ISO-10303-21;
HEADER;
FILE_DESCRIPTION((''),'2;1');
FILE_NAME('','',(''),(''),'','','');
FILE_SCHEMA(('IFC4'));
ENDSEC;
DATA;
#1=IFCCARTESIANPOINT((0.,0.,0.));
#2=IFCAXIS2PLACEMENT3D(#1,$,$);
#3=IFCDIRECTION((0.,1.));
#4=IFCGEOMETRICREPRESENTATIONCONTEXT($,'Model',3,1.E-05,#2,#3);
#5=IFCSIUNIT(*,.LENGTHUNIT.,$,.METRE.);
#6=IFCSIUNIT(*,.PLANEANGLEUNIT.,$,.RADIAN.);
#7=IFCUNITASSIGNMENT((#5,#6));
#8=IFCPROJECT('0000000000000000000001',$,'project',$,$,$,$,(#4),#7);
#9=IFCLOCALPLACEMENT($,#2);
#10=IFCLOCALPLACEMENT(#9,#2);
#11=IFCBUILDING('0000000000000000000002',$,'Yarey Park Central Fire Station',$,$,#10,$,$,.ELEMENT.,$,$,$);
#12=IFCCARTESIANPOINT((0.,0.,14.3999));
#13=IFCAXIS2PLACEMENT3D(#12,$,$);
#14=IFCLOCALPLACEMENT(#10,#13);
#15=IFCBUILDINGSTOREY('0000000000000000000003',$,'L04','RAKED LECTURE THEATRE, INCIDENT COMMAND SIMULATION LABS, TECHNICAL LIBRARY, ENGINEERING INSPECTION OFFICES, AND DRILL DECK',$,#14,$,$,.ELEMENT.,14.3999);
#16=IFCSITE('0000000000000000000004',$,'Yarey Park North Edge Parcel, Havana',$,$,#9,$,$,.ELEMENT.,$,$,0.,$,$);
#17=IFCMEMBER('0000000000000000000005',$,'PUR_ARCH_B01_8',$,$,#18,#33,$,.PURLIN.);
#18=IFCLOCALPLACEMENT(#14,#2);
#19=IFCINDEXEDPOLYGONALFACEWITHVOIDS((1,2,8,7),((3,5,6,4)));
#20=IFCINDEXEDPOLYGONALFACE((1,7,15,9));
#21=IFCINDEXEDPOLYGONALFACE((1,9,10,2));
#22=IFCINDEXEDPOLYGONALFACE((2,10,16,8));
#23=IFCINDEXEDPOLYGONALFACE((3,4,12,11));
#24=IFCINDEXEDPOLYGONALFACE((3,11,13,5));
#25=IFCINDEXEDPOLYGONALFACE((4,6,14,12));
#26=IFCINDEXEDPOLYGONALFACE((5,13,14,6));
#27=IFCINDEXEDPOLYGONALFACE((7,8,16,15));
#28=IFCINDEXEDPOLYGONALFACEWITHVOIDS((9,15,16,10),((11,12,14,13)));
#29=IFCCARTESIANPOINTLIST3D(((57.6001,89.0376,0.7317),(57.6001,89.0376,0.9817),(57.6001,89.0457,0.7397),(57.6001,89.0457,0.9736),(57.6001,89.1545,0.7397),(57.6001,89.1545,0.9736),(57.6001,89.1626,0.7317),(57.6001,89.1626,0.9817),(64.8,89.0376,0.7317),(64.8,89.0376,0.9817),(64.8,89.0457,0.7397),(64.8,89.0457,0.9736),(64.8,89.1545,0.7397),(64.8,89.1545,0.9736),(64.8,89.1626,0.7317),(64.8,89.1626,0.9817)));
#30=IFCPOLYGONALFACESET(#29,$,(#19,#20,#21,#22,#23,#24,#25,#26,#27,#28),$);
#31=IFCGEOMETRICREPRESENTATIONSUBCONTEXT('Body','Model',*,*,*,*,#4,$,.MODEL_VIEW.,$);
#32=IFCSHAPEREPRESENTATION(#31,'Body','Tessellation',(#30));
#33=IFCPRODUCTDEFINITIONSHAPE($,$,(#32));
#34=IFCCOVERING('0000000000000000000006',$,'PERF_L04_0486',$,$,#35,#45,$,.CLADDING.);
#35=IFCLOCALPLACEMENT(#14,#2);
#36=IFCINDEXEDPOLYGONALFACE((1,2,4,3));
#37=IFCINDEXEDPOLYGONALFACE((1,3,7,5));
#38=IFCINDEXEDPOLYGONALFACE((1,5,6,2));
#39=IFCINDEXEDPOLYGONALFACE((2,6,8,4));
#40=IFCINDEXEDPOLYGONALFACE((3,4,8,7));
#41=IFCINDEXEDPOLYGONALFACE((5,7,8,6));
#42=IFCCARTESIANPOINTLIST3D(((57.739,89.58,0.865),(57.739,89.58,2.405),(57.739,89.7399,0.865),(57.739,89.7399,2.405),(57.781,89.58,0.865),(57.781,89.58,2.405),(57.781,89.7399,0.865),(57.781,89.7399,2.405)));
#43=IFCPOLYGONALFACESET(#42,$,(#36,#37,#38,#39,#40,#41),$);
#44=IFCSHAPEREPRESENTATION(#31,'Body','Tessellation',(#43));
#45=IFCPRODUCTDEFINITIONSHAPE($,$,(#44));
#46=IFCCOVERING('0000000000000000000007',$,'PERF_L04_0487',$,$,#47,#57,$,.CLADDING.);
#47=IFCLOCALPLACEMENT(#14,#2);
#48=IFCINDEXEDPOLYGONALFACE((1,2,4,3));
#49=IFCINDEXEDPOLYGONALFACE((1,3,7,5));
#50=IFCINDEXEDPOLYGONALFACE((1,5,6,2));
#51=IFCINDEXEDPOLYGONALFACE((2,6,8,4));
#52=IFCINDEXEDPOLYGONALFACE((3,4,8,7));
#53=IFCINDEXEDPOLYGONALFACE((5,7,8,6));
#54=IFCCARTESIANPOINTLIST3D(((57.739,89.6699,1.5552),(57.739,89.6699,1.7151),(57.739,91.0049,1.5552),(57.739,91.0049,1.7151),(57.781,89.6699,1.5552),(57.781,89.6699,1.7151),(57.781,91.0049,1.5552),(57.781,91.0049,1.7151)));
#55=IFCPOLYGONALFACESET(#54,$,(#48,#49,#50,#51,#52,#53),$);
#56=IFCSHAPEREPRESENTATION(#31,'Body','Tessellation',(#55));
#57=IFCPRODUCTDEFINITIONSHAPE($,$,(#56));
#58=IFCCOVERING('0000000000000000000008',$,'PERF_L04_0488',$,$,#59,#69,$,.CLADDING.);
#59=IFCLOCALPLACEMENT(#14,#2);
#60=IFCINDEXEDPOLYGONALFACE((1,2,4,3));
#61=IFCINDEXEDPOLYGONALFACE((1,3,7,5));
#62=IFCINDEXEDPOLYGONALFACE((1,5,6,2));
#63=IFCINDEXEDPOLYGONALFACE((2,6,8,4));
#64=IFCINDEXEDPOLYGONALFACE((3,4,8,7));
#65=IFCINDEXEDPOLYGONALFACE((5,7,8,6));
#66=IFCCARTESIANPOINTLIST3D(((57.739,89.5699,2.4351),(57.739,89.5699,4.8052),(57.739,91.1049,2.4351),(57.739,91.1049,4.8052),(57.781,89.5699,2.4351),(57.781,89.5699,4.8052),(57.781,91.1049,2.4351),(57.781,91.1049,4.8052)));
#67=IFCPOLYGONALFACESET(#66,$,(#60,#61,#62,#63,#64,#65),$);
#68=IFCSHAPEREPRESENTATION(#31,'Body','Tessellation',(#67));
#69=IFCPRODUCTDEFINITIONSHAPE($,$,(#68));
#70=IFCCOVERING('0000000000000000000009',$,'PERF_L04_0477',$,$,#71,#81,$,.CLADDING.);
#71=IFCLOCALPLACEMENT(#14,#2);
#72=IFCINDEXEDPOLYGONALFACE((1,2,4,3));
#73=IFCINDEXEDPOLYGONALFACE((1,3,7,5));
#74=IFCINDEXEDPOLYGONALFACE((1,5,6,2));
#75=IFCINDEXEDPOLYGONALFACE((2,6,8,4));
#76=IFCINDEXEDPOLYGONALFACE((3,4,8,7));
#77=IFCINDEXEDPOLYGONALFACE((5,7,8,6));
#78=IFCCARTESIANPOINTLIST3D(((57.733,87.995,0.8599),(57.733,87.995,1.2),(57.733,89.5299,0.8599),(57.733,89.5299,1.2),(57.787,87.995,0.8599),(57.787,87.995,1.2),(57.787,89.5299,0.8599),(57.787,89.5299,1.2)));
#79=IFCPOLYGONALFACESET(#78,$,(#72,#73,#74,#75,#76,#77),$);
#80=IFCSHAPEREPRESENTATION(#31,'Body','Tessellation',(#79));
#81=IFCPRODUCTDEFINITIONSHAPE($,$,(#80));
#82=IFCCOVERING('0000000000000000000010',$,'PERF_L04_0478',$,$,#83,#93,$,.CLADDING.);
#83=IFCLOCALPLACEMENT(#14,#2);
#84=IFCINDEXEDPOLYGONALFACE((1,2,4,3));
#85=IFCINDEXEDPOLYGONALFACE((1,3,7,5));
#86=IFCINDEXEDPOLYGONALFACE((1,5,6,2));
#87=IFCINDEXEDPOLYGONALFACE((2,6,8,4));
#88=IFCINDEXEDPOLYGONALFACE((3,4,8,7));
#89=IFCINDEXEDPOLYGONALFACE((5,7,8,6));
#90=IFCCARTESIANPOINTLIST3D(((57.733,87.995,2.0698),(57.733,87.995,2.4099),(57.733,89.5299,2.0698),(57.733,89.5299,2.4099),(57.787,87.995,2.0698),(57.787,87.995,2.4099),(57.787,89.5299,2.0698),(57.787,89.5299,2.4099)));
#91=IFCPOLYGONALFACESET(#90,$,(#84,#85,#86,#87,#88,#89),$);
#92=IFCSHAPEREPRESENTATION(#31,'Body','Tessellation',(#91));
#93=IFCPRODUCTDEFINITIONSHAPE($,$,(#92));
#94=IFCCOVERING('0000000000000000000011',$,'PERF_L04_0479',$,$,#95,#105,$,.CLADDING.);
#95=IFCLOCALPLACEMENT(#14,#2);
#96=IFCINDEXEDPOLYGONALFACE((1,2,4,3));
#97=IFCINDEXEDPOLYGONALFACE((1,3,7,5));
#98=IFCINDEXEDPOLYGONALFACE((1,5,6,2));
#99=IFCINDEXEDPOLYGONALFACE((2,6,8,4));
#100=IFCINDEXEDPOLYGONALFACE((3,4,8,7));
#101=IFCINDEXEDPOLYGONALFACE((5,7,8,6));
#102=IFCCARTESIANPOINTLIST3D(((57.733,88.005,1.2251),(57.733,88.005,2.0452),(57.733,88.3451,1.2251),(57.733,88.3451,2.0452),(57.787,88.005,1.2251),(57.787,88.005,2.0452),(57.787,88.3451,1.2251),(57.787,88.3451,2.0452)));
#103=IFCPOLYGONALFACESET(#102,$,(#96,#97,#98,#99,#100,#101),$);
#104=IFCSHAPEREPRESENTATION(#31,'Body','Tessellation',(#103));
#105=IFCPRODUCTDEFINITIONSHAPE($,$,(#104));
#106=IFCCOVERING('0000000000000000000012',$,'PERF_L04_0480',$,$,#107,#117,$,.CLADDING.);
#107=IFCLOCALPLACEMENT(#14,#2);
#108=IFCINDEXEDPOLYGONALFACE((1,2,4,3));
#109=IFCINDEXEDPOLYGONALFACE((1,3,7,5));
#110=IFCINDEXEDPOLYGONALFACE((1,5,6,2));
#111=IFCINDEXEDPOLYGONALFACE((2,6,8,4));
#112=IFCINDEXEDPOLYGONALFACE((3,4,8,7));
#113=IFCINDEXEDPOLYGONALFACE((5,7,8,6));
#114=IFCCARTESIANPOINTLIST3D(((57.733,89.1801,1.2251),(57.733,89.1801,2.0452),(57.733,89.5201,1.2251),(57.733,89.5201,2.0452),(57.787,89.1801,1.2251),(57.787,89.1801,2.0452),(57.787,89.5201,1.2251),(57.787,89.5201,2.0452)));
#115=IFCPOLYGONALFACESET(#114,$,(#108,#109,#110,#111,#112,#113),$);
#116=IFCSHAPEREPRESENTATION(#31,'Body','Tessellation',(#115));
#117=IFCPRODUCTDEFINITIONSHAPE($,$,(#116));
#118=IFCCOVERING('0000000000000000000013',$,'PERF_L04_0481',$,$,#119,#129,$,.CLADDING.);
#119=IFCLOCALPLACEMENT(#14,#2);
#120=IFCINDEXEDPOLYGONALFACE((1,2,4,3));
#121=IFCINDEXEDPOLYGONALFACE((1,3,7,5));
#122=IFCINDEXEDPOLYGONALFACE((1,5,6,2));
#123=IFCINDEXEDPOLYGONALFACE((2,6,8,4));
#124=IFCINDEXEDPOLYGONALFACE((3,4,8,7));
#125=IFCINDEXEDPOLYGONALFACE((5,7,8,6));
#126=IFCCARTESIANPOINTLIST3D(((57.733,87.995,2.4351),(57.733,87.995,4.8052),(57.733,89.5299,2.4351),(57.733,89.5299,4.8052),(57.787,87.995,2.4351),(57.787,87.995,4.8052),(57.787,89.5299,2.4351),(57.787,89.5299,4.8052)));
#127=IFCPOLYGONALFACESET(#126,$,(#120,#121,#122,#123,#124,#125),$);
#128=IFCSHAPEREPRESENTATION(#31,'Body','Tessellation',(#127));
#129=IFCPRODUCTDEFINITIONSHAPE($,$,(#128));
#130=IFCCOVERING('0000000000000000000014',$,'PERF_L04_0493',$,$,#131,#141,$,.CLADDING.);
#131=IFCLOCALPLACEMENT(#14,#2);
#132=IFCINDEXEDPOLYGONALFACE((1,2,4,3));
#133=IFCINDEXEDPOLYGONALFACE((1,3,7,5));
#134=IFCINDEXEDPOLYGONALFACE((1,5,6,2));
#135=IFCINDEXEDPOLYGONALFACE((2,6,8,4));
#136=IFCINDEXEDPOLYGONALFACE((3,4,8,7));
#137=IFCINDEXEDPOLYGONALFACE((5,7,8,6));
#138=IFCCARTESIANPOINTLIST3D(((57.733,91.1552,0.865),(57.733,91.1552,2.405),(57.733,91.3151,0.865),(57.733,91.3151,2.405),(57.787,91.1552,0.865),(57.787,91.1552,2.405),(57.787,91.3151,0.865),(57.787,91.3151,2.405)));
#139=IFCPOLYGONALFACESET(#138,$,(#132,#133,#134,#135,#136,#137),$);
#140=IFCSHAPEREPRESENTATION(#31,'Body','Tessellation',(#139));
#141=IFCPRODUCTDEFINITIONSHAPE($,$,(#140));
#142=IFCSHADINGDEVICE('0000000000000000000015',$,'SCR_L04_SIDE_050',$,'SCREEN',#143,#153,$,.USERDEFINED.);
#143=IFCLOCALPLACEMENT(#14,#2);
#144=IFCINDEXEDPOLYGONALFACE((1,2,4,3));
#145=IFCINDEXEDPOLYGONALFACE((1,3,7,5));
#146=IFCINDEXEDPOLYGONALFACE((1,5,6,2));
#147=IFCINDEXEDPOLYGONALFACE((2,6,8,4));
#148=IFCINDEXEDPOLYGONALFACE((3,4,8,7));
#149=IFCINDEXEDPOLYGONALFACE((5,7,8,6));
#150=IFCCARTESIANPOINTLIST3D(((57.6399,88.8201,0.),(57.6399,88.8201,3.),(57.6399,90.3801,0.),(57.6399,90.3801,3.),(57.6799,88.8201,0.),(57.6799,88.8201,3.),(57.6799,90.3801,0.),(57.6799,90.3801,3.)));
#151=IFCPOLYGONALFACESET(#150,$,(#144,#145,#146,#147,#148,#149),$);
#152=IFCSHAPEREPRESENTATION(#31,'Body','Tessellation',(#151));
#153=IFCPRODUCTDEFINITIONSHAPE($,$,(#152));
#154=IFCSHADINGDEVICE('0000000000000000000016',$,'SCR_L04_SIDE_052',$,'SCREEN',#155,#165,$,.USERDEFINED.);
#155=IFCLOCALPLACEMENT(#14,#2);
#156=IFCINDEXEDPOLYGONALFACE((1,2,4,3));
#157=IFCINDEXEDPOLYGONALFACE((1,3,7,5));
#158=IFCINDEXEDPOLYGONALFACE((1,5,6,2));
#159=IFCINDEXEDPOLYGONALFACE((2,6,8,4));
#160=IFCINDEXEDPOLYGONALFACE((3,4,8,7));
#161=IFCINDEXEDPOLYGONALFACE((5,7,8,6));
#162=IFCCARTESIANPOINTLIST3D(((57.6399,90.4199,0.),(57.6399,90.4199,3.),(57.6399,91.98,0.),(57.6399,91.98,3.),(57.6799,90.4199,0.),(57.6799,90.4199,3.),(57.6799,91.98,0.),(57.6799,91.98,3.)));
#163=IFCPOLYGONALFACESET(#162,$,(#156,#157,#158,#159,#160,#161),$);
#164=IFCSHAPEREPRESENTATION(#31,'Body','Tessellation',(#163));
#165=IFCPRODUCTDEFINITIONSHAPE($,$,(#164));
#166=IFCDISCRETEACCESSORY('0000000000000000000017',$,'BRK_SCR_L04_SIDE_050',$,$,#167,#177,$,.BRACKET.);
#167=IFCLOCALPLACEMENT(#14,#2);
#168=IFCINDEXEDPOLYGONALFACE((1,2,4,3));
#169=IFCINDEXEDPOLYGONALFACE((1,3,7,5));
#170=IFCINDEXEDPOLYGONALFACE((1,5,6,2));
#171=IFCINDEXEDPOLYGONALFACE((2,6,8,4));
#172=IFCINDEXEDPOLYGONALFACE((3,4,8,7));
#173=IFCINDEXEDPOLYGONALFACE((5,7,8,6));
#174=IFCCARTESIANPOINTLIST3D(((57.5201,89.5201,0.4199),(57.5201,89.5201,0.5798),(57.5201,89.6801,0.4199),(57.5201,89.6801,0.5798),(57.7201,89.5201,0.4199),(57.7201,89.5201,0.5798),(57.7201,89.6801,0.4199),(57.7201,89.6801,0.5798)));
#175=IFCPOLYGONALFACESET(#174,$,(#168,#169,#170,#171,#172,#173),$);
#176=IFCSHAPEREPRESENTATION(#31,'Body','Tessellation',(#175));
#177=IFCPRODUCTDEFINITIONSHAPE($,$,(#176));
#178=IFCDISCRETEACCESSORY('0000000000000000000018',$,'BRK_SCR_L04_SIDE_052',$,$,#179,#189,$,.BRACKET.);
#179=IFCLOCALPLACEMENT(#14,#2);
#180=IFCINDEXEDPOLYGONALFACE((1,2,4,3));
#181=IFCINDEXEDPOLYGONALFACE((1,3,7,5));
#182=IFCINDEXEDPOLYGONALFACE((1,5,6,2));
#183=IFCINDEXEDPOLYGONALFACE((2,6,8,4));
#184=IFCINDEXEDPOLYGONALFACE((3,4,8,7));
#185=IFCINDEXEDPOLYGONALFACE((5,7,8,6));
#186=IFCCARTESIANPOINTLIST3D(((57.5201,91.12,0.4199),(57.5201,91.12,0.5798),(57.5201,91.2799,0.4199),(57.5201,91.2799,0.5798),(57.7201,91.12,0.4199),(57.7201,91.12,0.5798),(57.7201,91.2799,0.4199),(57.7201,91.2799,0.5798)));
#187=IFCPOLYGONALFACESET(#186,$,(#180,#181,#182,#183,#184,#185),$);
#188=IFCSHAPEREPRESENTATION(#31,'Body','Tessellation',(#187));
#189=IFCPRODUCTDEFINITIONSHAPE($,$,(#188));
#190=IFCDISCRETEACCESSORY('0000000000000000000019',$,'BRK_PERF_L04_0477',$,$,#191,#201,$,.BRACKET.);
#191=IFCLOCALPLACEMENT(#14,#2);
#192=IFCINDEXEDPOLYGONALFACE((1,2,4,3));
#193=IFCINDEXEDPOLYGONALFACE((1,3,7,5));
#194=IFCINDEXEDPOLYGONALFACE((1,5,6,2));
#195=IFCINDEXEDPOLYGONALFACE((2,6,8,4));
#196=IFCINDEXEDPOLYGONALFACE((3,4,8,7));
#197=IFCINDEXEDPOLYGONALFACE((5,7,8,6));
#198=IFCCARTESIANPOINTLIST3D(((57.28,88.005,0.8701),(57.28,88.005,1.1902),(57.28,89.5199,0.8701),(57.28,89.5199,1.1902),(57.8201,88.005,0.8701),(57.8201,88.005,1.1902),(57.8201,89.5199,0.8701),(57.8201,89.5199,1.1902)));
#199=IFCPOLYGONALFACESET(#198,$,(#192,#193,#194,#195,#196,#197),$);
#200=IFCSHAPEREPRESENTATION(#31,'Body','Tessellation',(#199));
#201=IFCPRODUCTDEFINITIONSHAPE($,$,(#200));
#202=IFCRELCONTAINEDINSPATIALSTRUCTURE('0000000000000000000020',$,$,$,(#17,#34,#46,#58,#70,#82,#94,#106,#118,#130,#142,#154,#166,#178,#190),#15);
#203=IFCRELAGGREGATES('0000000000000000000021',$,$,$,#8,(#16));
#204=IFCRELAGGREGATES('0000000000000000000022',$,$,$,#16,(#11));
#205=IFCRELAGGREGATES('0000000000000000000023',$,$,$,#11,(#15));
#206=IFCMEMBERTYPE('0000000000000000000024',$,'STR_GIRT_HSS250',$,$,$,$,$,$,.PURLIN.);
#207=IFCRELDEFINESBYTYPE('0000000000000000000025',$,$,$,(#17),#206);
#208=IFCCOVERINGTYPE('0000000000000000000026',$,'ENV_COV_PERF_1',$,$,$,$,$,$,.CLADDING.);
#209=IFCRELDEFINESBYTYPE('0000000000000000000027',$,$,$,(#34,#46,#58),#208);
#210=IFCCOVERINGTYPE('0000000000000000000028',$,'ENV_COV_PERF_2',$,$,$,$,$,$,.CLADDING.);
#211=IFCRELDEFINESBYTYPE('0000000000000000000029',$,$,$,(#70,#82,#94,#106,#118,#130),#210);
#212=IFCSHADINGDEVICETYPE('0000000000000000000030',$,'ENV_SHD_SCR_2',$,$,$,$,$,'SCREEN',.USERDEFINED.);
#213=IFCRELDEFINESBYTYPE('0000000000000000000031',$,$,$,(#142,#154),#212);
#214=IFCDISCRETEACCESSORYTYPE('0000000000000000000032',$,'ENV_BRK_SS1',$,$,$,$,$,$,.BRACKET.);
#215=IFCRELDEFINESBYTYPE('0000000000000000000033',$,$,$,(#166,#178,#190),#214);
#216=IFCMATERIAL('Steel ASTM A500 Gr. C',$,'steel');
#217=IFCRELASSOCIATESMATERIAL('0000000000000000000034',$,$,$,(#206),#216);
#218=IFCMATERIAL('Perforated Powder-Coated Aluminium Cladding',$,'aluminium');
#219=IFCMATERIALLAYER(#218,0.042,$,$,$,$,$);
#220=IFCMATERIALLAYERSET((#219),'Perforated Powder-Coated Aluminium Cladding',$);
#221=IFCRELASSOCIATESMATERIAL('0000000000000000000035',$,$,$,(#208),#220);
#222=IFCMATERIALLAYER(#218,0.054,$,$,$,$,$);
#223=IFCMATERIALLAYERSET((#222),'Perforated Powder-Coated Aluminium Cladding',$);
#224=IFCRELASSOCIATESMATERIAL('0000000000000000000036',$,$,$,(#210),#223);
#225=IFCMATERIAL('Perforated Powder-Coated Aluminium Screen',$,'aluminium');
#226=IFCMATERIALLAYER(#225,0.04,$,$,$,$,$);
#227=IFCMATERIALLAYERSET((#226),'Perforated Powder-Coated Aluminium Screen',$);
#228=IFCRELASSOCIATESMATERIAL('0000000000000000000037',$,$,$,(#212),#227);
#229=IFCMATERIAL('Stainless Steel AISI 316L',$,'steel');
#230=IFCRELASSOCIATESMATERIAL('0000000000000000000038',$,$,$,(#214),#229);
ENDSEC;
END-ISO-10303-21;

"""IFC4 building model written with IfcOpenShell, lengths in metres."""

from ifc_helpers import new_model, si_unit, direction, frame, origin, origin_2d, place, context, subcontext, project, spatial, rectangle, hollow_rectangle, extrude, material, layer, layer_set, material_profile, profile_set, type_object, element, save


model = new_model("IFC4")

# Units and contexts
model_context = context("Model", 3, precision=1e-05, world=origin(), true_north=direction((0.0, 1.0)))
body_context = subcontext(model_context, "Body", "Model", "MODEL_VIEW")
ifc_project = project(units=[si_unit("LENGTHUNIT", "METRE"), si_unit("PLANEANGLEUNIT", "RADIAN")], contexts=[model_context])

# Site, building, storey
site_placement = place(None, origin())
site = spatial("IfcSite", under=ifc_project, at=site_placement, Name="Yarey Park North Edge Parcel, Havana", CompositionType="ELEMENT", RefElevation=0.0)
building_placement = place(site_placement, origin())
building = spatial("IfcBuilding", under=site, at=building_placement, Name="Yarey Park Central Fire Station", CompositionType="ELEMENT")
storey_placement = place(building_placement, frame((0.0, 0.0, 14.3999)))
storey = spatial("IfcBuildingStorey", under=building, at=storey_placement, Name="L04", Description="RAKED LECTURE THEATRE, INCIDENT COMMAND SIMULATION LABS, TECHNICAL LIBRARY, ENGINEERING INSPECTION OFFICES, AND DRILL DECK", CompositionType="ELEMENT", Elevation=14.3999)

# Member
ifc_material_1 = material(Name="Steel ASTM A500 Gr. C", Category="steel")
ifc_material_profile = material_profile(ifc_material_1, hollow_rectangle(XDim=0.125, YDim=0.25, WallThickness=0.0081, at=origin_2d()), Name="HSS 250x125x8")
ifc_profile_set = profile_set([ifc_material_profile], Name="Steel ASTM A500 Gr. C")
member_type = type_object("IfcMemberType", Name="STR_GIRT_HSS250", PredefinedType="PURLIN", material=ifc_profile_set)
member_placement = place(storey_placement, frame((57.6001, 89.1001, 0.8567), z_axis=(1.0, 0.0, 0.0), x_axis=(0.0, 1.0, 0.0)))
element("IfcMember", 1, at=member_placement, inside=storey, type_object=member_type, Name="PUR_ARCH_B01_8", PredefinedType="PURLIN", context=body_context, shape_type="SweptSolid", body=[
    extrude(hollow_rectangle(XDim=0.125, YDim=0.25, WallThickness=0.0081, at=origin_2d()), origin(), (0.0, 0.0, 1.0), 7.2),
])

# Coverings
ifc_material_2 = material(Name="Perforated Powder-Coated Aluminium Cladding", Category="aluminium")
ifc_layer_1 = layer(ifc_material_2, 0.042)
ifc_layer_set_1 = layer_set([ifc_layer_1], Name="Perforated Powder-Coated Aluminium Cladding")
covering_type_1 = type_object("IfcCoveringType", Name="ENV_COV_PERF_1", PredefinedType="CLADDING", material=ifc_layer_set_1)
covering_1_placement = place(storey_placement, frame((57.76, 89.6599, 0.865), z_axis=(0.0, 0.0, 1.0), x_axis=(0.0, 1.0, 0.0)))
element("IfcCovering", 2, at=covering_1_placement, inside=storey, type_object=covering_type_1, Name="PERF_L04_0486", PredefinedType="CLADDING", context=body_context, shape_type="SweptSolid", body=[
    extrude(rectangle(XDim=0.1599, YDim=0.042, at=origin_2d()), origin(), (0.0, 0.0, 1.0), 1.54),
])
covering_2_placement = place(storey_placement, frame((57.76, 90.3374, 1.5552), z_axis=(0.0, 0.0, 1.0), x_axis=(0.0, 1.0, 0.0)))
element("IfcCovering", 3, at=covering_2_placement, inside=storey, type_object=covering_type_1, Name="PERF_L04_0487", PredefinedType="CLADDING", context=body_context, shape_type="SweptSolid", body=[
    extrude(rectangle(XDim=1.335, YDim=0.042, at=origin_2d()), origin(), (0.0, 0.0, 1.0), 0.1599),
])
covering_3_placement = place(storey_placement, frame((57.76, 90.3374, 2.4351), z_axis=(0.0, 0.0, 1.0), x_axis=(0.0, 1.0, 0.0)))
element("IfcCovering", 4, at=covering_3_placement, inside=storey, type_object=covering_type_1, Name="PERF_L04_0488", PredefinedType="CLADDING", context=body_context, shape_type="SweptSolid", body=[
    extrude(rectangle(XDim=1.5349, YDim=0.042, at=origin_2d()), origin(), (0.0, 0.0, 1.0), 2.3701),
])
ifc_layer_2 = layer(ifc_material_2, 0.054)
ifc_layer_set_2 = layer_set([ifc_layer_2], Name="Perforated Powder-Coated Aluminium Cladding")
covering_type_2 = type_object("IfcCoveringType", Name="ENV_COV_PERF_2", PredefinedType="CLADDING", material=ifc_layer_set_2)
for number, where, z_axis, x_axis, name in (
    (5, (57.76, 88.7625, 0.8599), (0.0, 0.0, 1.0), (0.0, 1.0, 0.0), "PERF_L04_0477"),
    (6, (57.76, 88.7625, 2.0698), (0.0, 0.0, 1.0), (0.0, 1.0, 0.0), "PERF_L04_0478"),
):
    element("IfcCovering", number, at=place(storey_placement, frame(where, z_axis=z_axis, x_axis=x_axis)), inside=storey, type_object=covering_type_2, Name=name, PredefinedType="CLADDING", context=body_context, shape_type="SweptSolid", body=[
        extrude(rectangle(XDim=1.5349, YDim=0.054, at=origin_2d()), origin(), (0.0, 0.0, 1.0), 0.3401),
    ])
for number, where, z_axis, x_axis, name in (
    (7, (57.76, 88.175, 1.2251), (0.0, 0.0, 1.0), (0.0, 1.0, 0.0), "PERF_L04_0479"),
    (8, (57.76, 89.3501, 1.2251), (0.0, 0.0, 1.0), (0.0, 1.0, 0.0), "PERF_L04_0480"),
):
    element("IfcCovering", number, at=place(storey_placement, frame(where, z_axis=z_axis, x_axis=x_axis)), inside=storey, type_object=covering_type_2, Name=name, PredefinedType="CLADDING", context=body_context, shape_type="SweptSolid", body=[
        extrude(rectangle(XDim=0.3401, YDim=0.054, at=origin_2d()), origin(), (0.0, 0.0, 1.0), 0.8201),
    ])
covering_4_placement = place(storey_placement, frame((57.76, 88.7625, 2.4351), z_axis=(0.0, 0.0, 1.0), x_axis=(0.0, 1.0, 0.0)))
element("IfcCovering", 9, at=covering_4_placement, inside=storey, type_object=covering_type_2, Name="PERF_L04_0481", PredefinedType="CLADDING", context=body_context, shape_type="SweptSolid", body=[
    extrude(rectangle(XDim=1.5349, YDim=0.054, at=origin_2d()), origin(), (0.0, 0.0, 1.0), 2.3701),
])
covering_5_placement = place(storey_placement, frame((57.76, 91.2351, 0.865), z_axis=(0.0, 0.0, 1.0), x_axis=(0.0, 1.0, 0.0)))
element("IfcCovering", 10, at=covering_5_placement, inside=storey, type_object=covering_type_2, Name="PERF_L04_0493", PredefinedType="CLADDING", context=body_context, shape_type="SweptSolid", body=[
    extrude(rectangle(XDim=0.1599, YDim=0.054, at=origin_2d()), origin(), (0.0, 0.0, 1.0), 1.54),
])

# Shading devices
ifc_material_3 = material(Name="Perforated Powder-Coated Aluminium Screen", Category="aluminium")
ifc_layer_3 = layer(ifc_material_3, 0.04)
ifc_layer_set_3 = layer_set([ifc_layer_3], Name="Perforated Powder-Coated Aluminium Screen")
shading_device_type = type_object("IfcShadingDeviceType", Name="ENV_SHD_SCR_2", ElementType="SCREEN", PredefinedType="USERDEFINED", material=ifc_layer_set_3)
for number, where, z_axis, x_axis, name in (
    (11, (57.6599, 89.6001, 0.0), (0.0, 0.0, 1.0), (0.0, 1.0, 0.0), "SCR_L04_SIDE_050"),
    (12, (57.6599, 91.2, 0.0), (0.0, 0.0, 1.0), (0.0, 1.0, 0.0), "SCR_L04_SIDE_052"),
):
    element("IfcShadingDevice", number, at=place(storey_placement, frame(where, z_axis=z_axis, x_axis=x_axis)), inside=storey, type_object=shading_device_type, Name=name, ObjectType="SCREEN", PredefinedType="USERDEFINED", context=body_context, shape_type="SweptSolid", body=[
        extrude(rectangle(XDim=1.5601, YDim=0.04, at=origin_2d()), origin(), (0.0, 0.0, 1.0), 3.0),
    ])

# Discrete accessories
ifc_material_4 = material(Name="Stainless Steel AISI 316L", Category="steel")
discrete_accessory_type = type_object("IfcDiscreteAccessoryType", Name="ENV_BRK_SS1", PredefinedType="BRACKET", material=ifc_material_4)
for number, where, z_axis, x_axis, name in (
    (13, (57.6201, 89.6001, 0.4199), (0.0, 0.0, 1.0), (1.0, 0.0, 0.0), "BRK_SCR_L04_SIDE_050"),
    (14, (57.6201, 91.2, 0.4199), (0.0, 0.0, 1.0), (1.0, 0.0, 0.0), "BRK_SCR_L04_SIDE_052"),
):
    element("IfcDiscreteAccessory", number, at=place(storey_placement, frame(where, z_axis=z_axis, x_axis=x_axis)), inside=storey, type_object=discrete_accessory_type, Name=name, PredefinedType="BRACKET", context=body_context, shape_type="SweptSolid", body=[
        extrude(rectangle(XDim=0.2, YDim=0.1599, at=origin_2d()), origin(), (0.0, 0.0, 1.0), 0.1599),
    ])
for number, where, z_axis, x_axis, name in (
    (15, (57.55, 88.7625, 0.8701), (0.0, 0.0, 1.0), (1.0, 0.0, 0.0), "BRK_PERF_L04_0477"),
):
    element("IfcDiscreteAccessory", number, at=place(storey_placement, frame(where, z_axis=z_axis, x_axis=x_axis)), inside=storey, type_object=discrete_accessory_type, Name=name, PredefinedType="BRACKET", context=body_context, shape_type="SweptSolid", body=[
        extrude(rectangle(XDim=0.54, YDim=1.5149, at=origin_2d()), origin(), (0.0, 0.0, 1.0), 0.3201),
    ])

save(model, "model.ifc")
